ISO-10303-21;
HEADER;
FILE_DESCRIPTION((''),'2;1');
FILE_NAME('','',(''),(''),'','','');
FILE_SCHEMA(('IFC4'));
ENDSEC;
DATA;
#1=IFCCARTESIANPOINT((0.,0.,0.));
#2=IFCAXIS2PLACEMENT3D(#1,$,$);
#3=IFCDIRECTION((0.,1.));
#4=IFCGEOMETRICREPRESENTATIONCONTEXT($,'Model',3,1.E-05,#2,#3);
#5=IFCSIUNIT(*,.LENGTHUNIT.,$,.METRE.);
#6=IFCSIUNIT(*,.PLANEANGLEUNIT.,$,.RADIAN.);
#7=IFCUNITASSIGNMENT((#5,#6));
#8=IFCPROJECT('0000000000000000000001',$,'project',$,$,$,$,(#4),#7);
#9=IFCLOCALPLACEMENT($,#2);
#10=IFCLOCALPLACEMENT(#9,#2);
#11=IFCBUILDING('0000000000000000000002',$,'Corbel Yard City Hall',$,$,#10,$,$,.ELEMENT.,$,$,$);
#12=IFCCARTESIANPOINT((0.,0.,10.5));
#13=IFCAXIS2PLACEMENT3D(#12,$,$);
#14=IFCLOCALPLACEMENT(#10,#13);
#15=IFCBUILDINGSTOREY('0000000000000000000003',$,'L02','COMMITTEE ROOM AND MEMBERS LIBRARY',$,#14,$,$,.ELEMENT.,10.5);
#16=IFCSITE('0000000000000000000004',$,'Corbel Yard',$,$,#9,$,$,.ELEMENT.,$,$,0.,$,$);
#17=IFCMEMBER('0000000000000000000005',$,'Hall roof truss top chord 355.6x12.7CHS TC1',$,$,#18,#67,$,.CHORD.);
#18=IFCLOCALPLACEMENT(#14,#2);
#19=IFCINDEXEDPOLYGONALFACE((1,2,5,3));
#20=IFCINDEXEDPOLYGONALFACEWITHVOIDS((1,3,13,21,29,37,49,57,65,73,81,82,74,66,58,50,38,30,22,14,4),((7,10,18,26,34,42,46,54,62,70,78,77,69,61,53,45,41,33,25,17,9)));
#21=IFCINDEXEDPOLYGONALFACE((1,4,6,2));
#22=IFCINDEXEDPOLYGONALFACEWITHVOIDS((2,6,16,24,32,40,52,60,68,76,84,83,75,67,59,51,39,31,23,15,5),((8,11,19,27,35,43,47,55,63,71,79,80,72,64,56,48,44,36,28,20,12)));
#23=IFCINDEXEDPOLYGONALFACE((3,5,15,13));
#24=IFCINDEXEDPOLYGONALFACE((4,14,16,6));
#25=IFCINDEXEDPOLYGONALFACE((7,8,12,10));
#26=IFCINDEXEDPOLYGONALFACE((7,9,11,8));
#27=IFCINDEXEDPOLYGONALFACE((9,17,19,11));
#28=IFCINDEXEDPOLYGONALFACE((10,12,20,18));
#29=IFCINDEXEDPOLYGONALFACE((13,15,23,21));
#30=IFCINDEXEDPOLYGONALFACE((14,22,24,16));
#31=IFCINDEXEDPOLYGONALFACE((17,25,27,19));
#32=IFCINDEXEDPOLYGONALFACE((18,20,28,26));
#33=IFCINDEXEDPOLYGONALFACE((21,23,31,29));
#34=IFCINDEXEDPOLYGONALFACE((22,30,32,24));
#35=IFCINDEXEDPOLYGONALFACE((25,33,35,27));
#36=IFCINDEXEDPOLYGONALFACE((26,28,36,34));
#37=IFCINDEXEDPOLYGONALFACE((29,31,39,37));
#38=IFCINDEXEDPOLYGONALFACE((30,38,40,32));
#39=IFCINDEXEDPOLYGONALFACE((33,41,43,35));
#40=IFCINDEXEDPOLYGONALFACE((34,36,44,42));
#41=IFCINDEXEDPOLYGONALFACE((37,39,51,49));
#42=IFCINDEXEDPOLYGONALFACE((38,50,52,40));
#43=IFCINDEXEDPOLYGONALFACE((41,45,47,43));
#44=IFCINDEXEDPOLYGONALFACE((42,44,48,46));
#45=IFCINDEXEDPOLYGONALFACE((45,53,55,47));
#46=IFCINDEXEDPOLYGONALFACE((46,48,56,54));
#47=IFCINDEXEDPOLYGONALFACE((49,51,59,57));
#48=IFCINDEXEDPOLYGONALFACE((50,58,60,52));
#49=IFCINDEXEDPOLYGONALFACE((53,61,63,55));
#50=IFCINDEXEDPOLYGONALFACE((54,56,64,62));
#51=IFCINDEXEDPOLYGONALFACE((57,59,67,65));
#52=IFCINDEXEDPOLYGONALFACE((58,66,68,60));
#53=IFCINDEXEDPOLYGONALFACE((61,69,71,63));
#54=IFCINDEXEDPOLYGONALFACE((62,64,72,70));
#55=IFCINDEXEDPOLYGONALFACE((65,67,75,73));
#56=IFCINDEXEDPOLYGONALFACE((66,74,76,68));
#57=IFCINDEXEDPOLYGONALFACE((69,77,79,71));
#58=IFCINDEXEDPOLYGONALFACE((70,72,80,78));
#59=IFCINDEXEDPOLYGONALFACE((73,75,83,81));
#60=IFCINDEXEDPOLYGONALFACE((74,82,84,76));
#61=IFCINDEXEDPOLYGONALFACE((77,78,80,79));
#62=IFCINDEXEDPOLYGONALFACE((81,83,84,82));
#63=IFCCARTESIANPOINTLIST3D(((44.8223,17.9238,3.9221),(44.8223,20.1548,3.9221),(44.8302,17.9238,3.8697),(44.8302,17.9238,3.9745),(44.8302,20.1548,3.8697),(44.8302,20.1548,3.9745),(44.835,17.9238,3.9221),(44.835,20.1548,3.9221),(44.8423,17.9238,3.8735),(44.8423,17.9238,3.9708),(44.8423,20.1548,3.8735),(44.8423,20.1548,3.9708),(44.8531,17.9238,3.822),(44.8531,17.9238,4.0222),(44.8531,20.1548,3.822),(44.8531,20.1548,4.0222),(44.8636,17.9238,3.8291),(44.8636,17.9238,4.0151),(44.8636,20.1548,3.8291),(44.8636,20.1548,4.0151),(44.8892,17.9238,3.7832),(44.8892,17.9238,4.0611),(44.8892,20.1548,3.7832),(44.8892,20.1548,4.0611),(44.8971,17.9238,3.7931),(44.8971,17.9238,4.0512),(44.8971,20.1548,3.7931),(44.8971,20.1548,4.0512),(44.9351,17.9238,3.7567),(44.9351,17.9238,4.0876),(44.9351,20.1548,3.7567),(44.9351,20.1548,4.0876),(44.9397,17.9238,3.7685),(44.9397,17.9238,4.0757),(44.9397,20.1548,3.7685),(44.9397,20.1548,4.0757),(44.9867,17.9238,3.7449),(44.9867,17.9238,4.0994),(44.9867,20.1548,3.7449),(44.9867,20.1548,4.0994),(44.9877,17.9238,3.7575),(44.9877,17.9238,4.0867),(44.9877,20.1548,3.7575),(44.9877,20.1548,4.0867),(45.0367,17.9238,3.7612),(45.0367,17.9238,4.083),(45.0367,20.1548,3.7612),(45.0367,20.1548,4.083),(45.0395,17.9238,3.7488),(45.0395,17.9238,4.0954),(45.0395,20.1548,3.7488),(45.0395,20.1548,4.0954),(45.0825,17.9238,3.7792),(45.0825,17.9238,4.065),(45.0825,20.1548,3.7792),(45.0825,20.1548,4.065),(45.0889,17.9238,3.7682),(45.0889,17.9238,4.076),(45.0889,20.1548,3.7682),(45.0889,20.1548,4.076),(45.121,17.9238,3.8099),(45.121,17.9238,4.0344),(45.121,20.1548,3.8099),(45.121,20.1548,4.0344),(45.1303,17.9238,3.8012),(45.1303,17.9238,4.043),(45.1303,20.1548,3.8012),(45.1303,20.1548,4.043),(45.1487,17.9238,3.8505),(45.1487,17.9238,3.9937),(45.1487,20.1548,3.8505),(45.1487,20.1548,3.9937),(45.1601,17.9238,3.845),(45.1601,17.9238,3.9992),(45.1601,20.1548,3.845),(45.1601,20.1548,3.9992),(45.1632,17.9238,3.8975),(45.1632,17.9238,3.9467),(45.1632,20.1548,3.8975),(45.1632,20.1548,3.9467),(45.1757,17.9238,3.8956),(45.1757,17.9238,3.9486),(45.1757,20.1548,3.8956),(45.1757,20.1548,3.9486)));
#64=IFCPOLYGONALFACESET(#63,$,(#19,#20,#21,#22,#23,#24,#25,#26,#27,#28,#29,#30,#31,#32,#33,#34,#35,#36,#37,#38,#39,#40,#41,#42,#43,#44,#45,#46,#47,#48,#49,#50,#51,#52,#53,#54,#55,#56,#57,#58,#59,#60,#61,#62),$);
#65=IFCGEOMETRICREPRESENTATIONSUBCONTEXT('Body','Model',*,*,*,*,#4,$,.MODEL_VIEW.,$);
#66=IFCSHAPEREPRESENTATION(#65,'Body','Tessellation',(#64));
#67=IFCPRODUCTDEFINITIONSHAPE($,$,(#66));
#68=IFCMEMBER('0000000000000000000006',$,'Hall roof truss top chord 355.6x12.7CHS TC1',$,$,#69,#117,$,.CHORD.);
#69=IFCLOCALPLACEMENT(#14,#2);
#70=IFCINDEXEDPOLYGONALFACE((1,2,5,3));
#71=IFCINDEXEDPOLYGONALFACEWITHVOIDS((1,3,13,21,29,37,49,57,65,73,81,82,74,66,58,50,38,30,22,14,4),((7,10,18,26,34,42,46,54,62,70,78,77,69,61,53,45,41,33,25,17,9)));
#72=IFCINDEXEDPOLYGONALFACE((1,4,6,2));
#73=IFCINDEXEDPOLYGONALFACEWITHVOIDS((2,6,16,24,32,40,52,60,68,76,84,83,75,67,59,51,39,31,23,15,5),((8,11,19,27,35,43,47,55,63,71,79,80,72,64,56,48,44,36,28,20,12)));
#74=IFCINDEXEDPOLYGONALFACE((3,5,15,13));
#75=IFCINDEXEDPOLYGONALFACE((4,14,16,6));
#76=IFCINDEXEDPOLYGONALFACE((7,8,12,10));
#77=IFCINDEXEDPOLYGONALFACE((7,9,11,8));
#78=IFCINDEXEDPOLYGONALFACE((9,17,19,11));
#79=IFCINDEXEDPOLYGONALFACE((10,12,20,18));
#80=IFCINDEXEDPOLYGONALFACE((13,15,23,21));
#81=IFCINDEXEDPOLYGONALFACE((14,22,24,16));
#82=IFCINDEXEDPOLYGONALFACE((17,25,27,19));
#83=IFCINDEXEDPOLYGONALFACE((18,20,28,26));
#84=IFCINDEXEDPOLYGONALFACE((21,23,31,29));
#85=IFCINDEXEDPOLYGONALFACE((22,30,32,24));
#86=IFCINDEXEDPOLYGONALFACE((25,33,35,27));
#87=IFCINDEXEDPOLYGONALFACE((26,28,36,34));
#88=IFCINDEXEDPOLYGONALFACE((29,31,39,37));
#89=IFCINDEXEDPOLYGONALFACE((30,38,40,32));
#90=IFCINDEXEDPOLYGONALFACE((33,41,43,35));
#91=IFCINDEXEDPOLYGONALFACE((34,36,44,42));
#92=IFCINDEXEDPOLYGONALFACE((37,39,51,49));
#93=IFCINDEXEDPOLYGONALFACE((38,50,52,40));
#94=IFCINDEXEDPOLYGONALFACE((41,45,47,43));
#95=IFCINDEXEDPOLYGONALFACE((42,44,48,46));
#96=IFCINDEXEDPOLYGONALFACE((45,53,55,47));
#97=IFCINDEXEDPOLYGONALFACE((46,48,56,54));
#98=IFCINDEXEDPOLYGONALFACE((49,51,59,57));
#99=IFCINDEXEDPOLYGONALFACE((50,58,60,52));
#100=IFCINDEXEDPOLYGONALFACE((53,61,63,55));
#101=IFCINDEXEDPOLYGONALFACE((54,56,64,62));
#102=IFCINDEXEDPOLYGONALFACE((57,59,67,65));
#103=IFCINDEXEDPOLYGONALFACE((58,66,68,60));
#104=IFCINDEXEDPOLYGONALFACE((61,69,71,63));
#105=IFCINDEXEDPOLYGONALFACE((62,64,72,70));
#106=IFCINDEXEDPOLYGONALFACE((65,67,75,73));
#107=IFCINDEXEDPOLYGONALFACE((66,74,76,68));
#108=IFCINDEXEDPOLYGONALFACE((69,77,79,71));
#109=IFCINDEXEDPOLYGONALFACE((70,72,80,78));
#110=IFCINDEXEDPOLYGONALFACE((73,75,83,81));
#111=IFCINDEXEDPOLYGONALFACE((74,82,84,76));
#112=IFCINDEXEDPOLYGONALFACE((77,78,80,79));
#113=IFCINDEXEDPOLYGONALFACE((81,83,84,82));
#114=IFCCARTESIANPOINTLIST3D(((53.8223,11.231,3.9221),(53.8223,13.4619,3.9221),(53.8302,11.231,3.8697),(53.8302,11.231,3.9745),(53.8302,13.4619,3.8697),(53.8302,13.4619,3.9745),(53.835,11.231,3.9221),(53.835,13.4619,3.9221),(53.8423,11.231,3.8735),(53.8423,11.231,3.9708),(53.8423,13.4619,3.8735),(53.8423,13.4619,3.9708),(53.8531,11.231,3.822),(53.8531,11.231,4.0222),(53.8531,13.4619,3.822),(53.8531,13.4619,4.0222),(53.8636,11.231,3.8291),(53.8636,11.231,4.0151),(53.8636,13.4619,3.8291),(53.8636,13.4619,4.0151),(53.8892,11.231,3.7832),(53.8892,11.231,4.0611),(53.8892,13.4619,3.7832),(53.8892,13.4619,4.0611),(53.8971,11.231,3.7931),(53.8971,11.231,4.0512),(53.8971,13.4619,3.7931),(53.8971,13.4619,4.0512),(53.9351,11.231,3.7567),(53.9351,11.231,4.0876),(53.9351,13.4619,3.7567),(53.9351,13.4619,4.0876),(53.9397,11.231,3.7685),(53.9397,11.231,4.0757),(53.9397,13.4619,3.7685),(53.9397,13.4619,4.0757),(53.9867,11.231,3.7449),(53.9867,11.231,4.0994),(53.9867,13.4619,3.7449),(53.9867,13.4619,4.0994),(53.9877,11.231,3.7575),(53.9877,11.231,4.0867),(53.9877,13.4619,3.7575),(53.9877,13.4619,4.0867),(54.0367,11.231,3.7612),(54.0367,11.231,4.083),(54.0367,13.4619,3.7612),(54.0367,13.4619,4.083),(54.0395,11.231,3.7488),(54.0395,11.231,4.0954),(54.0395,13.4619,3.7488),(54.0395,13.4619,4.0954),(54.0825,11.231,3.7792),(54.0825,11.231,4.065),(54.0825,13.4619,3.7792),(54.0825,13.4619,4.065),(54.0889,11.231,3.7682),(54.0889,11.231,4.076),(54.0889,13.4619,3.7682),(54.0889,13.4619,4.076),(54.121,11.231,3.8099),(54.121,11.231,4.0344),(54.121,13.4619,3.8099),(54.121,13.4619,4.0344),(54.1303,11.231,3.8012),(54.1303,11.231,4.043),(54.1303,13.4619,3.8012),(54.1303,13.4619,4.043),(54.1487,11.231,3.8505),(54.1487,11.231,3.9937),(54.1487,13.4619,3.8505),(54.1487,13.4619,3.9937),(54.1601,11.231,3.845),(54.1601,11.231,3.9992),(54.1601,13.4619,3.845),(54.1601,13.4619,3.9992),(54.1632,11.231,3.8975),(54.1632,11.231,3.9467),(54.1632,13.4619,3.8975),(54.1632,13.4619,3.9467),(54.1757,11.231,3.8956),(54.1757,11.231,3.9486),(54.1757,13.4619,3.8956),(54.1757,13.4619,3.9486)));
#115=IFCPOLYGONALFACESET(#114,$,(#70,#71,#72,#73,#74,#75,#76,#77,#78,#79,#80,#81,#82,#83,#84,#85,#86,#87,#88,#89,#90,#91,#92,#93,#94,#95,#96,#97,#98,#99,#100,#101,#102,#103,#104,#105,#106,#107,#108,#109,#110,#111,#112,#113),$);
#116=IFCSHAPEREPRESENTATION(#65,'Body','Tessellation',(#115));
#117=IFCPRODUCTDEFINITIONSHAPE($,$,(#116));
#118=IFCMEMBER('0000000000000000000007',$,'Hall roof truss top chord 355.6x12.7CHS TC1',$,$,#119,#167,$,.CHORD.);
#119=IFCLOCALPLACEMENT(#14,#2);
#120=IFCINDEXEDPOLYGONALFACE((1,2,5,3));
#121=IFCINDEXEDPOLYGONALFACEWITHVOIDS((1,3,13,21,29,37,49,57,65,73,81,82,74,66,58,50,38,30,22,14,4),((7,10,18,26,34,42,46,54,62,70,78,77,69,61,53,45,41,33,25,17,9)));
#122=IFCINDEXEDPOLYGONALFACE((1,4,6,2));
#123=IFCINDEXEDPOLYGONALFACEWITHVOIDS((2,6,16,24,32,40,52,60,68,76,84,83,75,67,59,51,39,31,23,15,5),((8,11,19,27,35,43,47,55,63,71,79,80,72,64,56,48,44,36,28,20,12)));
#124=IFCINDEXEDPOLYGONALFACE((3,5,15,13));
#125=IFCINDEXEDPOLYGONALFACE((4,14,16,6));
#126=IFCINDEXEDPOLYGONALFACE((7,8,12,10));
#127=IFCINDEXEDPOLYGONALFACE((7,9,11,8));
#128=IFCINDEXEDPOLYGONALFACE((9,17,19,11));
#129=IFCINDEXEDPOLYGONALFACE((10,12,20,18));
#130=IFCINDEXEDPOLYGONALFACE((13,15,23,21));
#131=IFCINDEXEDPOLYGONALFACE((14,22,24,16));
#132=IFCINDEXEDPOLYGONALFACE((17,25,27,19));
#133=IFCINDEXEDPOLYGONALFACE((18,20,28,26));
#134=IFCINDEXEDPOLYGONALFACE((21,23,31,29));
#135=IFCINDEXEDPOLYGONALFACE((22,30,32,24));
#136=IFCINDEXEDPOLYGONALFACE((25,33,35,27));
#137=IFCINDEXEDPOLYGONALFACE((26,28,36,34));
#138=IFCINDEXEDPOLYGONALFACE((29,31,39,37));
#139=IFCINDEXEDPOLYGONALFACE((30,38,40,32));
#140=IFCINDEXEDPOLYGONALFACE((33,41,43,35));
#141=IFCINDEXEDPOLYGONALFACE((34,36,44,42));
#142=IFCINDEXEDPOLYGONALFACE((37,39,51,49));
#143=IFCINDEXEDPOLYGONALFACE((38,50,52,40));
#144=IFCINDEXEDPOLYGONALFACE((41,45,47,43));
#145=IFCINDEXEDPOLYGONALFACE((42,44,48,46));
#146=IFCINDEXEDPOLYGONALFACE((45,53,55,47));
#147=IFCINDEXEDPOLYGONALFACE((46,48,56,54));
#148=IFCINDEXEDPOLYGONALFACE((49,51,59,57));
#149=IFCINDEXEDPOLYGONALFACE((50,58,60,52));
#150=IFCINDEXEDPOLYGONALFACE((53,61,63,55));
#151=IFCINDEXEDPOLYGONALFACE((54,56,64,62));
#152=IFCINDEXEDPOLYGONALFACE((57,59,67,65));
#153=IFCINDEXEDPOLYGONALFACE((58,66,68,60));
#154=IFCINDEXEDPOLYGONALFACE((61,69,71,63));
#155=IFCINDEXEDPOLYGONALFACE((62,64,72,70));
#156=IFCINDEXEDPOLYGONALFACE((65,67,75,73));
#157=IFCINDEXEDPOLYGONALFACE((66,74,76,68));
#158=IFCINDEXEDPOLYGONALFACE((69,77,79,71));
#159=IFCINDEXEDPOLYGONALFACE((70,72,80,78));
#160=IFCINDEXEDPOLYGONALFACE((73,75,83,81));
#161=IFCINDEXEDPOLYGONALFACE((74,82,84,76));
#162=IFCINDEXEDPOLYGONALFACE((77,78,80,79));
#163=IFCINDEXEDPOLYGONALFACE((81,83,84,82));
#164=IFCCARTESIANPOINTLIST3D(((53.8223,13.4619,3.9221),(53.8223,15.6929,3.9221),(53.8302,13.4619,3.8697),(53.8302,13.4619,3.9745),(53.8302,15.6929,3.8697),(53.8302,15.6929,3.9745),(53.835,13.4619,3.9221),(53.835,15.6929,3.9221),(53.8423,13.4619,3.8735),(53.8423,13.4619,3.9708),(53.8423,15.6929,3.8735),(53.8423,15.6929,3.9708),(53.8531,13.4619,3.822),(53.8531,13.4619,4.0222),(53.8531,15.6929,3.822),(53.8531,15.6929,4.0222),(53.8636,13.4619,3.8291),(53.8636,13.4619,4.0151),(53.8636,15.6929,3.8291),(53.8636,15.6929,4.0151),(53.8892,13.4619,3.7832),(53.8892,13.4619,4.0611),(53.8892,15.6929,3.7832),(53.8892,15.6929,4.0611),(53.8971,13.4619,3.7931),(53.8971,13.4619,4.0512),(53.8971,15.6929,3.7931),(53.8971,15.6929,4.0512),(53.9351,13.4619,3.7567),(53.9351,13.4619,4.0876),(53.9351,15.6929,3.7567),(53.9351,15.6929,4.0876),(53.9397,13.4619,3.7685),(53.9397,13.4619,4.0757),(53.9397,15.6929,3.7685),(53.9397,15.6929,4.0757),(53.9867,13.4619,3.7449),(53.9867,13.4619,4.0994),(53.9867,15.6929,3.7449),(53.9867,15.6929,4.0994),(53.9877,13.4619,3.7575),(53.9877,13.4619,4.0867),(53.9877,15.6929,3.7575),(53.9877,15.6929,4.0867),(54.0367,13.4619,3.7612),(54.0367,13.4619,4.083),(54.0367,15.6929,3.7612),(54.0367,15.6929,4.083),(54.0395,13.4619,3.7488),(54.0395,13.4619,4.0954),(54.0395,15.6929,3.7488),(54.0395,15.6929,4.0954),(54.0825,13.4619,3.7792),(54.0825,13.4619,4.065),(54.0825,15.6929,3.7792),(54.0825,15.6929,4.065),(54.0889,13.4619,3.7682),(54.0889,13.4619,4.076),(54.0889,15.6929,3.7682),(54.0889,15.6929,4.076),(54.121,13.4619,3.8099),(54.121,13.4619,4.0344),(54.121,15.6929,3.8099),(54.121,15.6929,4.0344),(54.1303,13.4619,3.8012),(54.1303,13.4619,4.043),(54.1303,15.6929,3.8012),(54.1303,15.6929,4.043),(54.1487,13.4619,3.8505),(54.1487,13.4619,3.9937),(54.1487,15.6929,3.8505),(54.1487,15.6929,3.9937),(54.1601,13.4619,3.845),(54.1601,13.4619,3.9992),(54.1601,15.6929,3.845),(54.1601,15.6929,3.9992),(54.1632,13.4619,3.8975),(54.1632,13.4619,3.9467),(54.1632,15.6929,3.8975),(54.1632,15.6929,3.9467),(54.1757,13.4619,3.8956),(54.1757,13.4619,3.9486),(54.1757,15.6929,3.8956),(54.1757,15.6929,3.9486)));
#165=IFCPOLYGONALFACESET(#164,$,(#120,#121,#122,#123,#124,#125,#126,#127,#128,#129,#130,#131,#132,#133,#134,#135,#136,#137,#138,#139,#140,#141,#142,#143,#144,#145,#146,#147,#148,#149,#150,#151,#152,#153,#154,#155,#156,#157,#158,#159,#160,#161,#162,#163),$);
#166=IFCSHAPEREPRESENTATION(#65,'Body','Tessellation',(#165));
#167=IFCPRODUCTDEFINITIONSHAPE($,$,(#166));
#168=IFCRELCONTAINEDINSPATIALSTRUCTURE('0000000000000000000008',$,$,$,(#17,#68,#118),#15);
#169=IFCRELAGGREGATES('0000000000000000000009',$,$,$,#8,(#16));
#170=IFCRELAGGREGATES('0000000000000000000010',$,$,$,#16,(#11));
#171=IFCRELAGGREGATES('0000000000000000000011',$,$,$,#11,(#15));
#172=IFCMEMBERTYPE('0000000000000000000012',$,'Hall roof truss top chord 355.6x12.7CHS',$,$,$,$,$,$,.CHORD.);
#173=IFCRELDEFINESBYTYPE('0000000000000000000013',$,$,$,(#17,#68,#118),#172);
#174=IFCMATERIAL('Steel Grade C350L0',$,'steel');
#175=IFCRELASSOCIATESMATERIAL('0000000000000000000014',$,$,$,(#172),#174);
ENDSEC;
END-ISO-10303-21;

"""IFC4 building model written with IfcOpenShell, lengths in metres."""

from ifc_helpers import new_model, si_unit, direction, frame, origin, origin_2d, place, context, subcontext, project, spatial, hollow_circle, extrude, material, material_profile, profile_set, type_object, element, save


model = new_model("IFC4")

# Units and contexts
model_context = context("Model", 3, precision=1e-05, world=origin(), true_north=direction((0.0, 1.0)))
body_context = subcontext(model_context, "Body", "Model", "MODEL_VIEW")
ifc_project = project(units=[si_unit("LENGTHUNIT", "METRE"), si_unit("PLANEANGLEUNIT", "RADIAN")], contexts=[model_context])

# Site, building, storey
site_placement = place(None, origin())
site = spatial("IfcSite", under=ifc_project, at=site_placement, Name="Corbel Yard", CompositionType="ELEMENT", RefElevation=0.0)
building_placement = place(site_placement, origin())
building = spatial("IfcBuilding", under=site, at=building_placement, Name="Corbel Yard City Hall", CompositionType="ELEMENT")
storey_placement = place(building_placement, frame((0.0, 0.0, 10.5)))
storey = spatial("IfcBuildingStorey", under=building, at=storey_placement, Name="L02", Description="COMMITTEE ROOM AND MEMBERS LIBRARY", CompositionType="ELEMENT", Elevation=10.5)

# Members
ifc_material_1 = material(Name="Steel Grade C350L0", Category="steel")
ifc_material_profile_1 = material_profile(ifc_material_1, hollow_circle(Radius=0.1777, WallThickness=0.0127, at=origin_2d()), Name="355.6x12.7CHS")
ifc_profile_set_1 = profile_set([ifc_material_profile_1], Name="Steel Grade C350L0")
member_type_1 = type_object("IfcMemberType", Name="Hall roof truss top chord 355.6x12.7CHS", PredefinedType="CHORD", material=ifc_profile_set_1)
for number, where, z_axis, x_axis, name in (
    (1, (45.0, 17.9238, 3.9221), (0.0, 1.0, 0.0), (-1.0, 0.0, 0.0), "Hall roof truss top chord 355.6x12.7CHS TC1"),
    (2, (54.0, 11.231, 3.9221), (0.0, 1.0, 0.0), (-1.0, 0.0, 0.0), "Hall roof truss top chord 355.6x12.7CHS TC1"),
    (3, (54.0, 13.4619, 3.9221), (0.0, 1.0, 0.0), (-1.0, 0.0, 0.0), "Hall roof truss top chord 355.6x12.7CHS TC1"),
):
    element("IfcMember", number, at=place(storey_placement, frame(where, z_axis=z_axis, x_axis=x_axis)), inside=storey, type_object=member_type_1, Name=name, PredefinedType="CHORD", context=body_context, shape_type="SweptSolid", body=[
        extrude(hollow_circle(Radius=0.1777, WallThickness=0.0127, at=origin_2d()), origin(), (0.0, 0.0, 1.0), 2.231),
    ])

save(model, "model.ifc")
